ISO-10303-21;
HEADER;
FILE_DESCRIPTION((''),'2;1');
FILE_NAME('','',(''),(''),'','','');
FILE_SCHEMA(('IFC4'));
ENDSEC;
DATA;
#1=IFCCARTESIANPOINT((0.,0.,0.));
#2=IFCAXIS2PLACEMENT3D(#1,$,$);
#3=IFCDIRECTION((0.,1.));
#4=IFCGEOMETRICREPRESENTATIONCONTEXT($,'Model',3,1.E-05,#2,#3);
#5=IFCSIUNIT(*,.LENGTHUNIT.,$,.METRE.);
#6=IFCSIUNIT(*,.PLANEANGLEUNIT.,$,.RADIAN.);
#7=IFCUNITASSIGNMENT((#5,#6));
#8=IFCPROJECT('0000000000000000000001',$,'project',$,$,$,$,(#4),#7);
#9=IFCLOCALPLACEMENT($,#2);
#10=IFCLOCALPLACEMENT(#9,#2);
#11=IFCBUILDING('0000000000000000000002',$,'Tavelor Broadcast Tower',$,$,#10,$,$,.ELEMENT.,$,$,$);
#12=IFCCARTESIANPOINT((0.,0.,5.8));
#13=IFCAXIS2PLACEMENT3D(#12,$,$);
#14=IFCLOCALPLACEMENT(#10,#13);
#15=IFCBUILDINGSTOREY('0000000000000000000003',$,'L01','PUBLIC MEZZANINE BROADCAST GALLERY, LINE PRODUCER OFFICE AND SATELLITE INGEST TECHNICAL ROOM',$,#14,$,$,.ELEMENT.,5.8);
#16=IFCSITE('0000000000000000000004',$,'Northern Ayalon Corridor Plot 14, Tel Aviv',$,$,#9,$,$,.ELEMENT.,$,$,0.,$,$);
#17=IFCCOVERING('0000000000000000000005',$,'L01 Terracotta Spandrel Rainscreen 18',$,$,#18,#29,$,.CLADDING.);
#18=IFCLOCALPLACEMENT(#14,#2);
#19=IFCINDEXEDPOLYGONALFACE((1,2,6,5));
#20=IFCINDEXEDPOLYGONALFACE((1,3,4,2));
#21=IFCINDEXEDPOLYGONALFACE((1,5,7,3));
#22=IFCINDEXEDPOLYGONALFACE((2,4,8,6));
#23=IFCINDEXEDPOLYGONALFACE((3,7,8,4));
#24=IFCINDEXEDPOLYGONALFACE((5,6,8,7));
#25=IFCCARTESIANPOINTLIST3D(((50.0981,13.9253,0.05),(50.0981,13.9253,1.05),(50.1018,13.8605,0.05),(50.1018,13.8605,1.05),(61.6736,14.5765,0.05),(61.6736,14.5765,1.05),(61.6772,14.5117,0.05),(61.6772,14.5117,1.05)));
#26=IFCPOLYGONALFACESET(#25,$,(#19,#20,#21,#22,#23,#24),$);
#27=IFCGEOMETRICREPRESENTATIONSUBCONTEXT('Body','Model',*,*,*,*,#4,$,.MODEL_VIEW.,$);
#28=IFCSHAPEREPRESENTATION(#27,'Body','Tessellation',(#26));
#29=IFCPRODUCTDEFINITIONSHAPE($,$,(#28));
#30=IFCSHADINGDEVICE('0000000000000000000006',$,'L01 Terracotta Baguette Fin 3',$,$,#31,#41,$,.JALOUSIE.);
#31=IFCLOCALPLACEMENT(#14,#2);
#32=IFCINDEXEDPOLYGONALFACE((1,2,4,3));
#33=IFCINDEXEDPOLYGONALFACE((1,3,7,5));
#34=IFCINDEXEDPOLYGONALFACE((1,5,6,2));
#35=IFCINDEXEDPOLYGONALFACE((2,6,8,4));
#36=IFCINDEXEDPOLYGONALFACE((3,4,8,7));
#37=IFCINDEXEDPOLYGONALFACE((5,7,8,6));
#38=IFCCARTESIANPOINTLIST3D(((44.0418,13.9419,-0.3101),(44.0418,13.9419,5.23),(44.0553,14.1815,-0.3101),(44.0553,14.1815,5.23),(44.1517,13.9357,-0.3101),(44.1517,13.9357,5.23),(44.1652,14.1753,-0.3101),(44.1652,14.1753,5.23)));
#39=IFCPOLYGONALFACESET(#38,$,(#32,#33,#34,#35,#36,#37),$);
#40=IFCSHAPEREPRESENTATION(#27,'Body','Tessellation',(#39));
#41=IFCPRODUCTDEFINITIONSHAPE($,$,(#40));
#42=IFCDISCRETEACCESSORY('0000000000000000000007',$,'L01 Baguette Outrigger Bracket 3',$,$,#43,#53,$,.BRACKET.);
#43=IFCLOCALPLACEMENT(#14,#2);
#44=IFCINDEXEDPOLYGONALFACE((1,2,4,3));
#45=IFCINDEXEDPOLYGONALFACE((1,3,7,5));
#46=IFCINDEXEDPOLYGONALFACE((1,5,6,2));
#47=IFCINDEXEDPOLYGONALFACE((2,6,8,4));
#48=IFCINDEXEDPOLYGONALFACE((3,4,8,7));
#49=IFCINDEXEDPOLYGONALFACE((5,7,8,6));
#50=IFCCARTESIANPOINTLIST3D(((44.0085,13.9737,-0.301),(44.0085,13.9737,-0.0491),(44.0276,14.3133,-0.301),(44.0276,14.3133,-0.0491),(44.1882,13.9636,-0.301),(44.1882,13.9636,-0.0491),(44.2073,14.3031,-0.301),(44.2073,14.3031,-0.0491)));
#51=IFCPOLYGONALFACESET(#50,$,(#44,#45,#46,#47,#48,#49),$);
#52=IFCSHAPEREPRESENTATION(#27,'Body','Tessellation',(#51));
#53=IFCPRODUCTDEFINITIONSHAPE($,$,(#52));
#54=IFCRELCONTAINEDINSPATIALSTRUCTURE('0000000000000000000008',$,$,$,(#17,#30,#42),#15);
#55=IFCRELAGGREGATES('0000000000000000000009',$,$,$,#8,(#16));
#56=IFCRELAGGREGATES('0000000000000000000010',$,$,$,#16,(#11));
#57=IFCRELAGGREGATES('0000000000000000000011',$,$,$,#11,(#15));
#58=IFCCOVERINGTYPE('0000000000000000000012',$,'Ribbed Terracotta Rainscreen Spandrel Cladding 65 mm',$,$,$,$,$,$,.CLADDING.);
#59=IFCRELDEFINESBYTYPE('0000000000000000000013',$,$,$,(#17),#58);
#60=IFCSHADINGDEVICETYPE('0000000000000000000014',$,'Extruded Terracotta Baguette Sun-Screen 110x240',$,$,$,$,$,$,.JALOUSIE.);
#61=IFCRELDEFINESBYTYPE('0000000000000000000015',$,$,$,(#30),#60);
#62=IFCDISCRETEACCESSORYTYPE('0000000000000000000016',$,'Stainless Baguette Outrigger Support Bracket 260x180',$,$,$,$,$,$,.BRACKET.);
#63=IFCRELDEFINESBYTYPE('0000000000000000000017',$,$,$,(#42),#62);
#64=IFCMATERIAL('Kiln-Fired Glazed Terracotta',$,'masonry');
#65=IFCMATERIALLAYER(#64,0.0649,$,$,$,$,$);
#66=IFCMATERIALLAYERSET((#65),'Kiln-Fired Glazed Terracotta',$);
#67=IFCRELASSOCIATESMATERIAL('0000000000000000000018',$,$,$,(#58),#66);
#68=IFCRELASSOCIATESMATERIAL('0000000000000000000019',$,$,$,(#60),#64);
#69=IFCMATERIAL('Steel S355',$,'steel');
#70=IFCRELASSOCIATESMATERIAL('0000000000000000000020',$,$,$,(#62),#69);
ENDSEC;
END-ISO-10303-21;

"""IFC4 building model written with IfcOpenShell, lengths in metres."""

from ifc_helpers import new_model, si_unit, direction, frame, origin, origin_2d, place, context, subcontext, project, spatial, rectangle, extrude, source, transform, mapped, material, layer, layer_set, type_object, type_shapes, element, save


model = new_model("IFC4")

# Units and contexts
model_context = context("Model", 3, precision=1e-05, world=origin(), true_north=direction((0.0, 1.0)))
body_context = subcontext(model_context, "Body", "Model", "MODEL_VIEW")
ifc_project = project(units=[si_unit("LENGTHUNIT", "METRE"), si_unit("PLANEANGLEUNIT", "RADIAN")], contexts=[model_context])

# Site, building, storey
site_placement = place(None, origin())
site = spatial("IfcSite", under=ifc_project, at=site_placement, Name="Northern Ayalon Corridor Plot 14, Tel Aviv", CompositionType="ELEMENT", RefElevation=0.0)
building_placement = place(site_placement, origin())
building = spatial("IfcBuilding", under=site, at=building_placement, Name="Tavelor Broadcast Tower", CompositionType="ELEMENT")
storey_placement = place(building_placement, frame((0.0, 0.0, 5.8)))
storey = spatial("IfcBuildingStorey", under=building, at=storey_placement, Name="L01", Description="PUBLIC MEZZANINE BROADCAST GALLERY, LINE PRODUCER OFFICE AND SATELLITE INGEST TECHNICAL ROOM", CompositionType="ELEMENT", Elevation=5.8)

# Shared definitions
ifc_material_1 = material(Name="Steel S355", Category="steel")

# Covering
ifc_material_2 = material(Name="Kiln-Fired Glazed Terracotta", Category="masonry")
ifc_layer_1 = layer(ifc_material_2, 0.0649)
ifc_layer_set_1 = layer_set([ifc_layer_1], Name="Kiln-Fired Glazed Terracotta")
covering_type = type_object("IfcCoveringType", Name="Ribbed Terracotta Rainscreen Spandrel Cladding 65 mm", PredefinedType="CLADDING", material=ifc_layer_set_1)
covering_placement = place(storey_placement, frame((55.8877, 14.2185, 0.05), z_axis=(0.0, 0.0, 1.0), x_axis=(0.998421, 0.05617, 0.0)))
element("IfcCovering", 1, at=covering_placement, inside=storey, type_object=covering_type, Name="L01 Terracotta Spandrel Rainscreen 18", PredefinedType="CLADDING", context=body_context, shape_type="SweptSolid", body=[
    extrude(rectangle(XDim=11.5938, YDim=0.0649, at=origin_2d()), origin(), (0.0, 0.0, 1.0), 1.0),
])

# Shading device
shading_device_type = type_object("IfcShadingDeviceType", Name="Extruded Terracotta Baguette Sun-Screen 110x240", PredefinedType="JALOUSIE", material=ifc_material_2)
shared_shape_1 = source(origin(), body_context, "Body", "SweptSolid", [
    extrude(rectangle(XDim=0.1101, YDim=0.24, at=origin_2d()), origin(), (0.0, 0.0, 1.0), 5.54),
])
type_shapes(shading_device_type, [shared_shape_1])
shading_device_placement = place(storey_placement, frame((44.1035, 14.0586, -0.3101), z_axis=(0.0, 0.0, 1.0), x_axis=(0.998421, -0.05617, 0.0)))
element("IfcShadingDevice", 2, at=shading_device_placement, inside=storey, type_object=shading_device_type, Name="L01 Terracotta Baguette Fin 3", PredefinedType="JALOUSIE", context=body_context, shape_type="MappedRepresentation", body=[
    mapped(shared_shape_1, transform((0.0, 0.0, 0.0), scale=1.0)),
])

# Discrete accessory
discrete_accessory_type = type_object("IfcDiscreteAccessoryType", Name="Stainless Baguette Outrigger Support Bracket 260x180", PredefinedType="BRACKET", material=ifc_material_1)
shared_shape_2 = source(origin(), body_context, "Body", "SweptSolid", [
    extrude(rectangle(XDim=0.1799, YDim=0.3401, at=origin_2d()), origin(), (0.0, 0.0, 1.0), 0.252),
])
type_shapes(discrete_accessory_type, [shared_shape_2])
discrete_accessory_placement = place(storey_placement, frame((44.1079, 14.1384, -0.301), z_axis=(0.0, 0.0, 1.0), x_axis=(0.998421, -0.05617, 0.0)))
element("IfcDiscreteAccessory", 3, at=discrete_accessory_placement, inside=storey, type_object=discrete_accessory_type, Name="L01 Baguette Outrigger Bracket 3", PredefinedType="BRACKET", context=body_context, shape_type="MappedRepresentation", body=[
    mapped(shared_shape_2, transform((0.0, 0.0, 0.0), scale=1.0)),
])

save(model, "model.ifc")
